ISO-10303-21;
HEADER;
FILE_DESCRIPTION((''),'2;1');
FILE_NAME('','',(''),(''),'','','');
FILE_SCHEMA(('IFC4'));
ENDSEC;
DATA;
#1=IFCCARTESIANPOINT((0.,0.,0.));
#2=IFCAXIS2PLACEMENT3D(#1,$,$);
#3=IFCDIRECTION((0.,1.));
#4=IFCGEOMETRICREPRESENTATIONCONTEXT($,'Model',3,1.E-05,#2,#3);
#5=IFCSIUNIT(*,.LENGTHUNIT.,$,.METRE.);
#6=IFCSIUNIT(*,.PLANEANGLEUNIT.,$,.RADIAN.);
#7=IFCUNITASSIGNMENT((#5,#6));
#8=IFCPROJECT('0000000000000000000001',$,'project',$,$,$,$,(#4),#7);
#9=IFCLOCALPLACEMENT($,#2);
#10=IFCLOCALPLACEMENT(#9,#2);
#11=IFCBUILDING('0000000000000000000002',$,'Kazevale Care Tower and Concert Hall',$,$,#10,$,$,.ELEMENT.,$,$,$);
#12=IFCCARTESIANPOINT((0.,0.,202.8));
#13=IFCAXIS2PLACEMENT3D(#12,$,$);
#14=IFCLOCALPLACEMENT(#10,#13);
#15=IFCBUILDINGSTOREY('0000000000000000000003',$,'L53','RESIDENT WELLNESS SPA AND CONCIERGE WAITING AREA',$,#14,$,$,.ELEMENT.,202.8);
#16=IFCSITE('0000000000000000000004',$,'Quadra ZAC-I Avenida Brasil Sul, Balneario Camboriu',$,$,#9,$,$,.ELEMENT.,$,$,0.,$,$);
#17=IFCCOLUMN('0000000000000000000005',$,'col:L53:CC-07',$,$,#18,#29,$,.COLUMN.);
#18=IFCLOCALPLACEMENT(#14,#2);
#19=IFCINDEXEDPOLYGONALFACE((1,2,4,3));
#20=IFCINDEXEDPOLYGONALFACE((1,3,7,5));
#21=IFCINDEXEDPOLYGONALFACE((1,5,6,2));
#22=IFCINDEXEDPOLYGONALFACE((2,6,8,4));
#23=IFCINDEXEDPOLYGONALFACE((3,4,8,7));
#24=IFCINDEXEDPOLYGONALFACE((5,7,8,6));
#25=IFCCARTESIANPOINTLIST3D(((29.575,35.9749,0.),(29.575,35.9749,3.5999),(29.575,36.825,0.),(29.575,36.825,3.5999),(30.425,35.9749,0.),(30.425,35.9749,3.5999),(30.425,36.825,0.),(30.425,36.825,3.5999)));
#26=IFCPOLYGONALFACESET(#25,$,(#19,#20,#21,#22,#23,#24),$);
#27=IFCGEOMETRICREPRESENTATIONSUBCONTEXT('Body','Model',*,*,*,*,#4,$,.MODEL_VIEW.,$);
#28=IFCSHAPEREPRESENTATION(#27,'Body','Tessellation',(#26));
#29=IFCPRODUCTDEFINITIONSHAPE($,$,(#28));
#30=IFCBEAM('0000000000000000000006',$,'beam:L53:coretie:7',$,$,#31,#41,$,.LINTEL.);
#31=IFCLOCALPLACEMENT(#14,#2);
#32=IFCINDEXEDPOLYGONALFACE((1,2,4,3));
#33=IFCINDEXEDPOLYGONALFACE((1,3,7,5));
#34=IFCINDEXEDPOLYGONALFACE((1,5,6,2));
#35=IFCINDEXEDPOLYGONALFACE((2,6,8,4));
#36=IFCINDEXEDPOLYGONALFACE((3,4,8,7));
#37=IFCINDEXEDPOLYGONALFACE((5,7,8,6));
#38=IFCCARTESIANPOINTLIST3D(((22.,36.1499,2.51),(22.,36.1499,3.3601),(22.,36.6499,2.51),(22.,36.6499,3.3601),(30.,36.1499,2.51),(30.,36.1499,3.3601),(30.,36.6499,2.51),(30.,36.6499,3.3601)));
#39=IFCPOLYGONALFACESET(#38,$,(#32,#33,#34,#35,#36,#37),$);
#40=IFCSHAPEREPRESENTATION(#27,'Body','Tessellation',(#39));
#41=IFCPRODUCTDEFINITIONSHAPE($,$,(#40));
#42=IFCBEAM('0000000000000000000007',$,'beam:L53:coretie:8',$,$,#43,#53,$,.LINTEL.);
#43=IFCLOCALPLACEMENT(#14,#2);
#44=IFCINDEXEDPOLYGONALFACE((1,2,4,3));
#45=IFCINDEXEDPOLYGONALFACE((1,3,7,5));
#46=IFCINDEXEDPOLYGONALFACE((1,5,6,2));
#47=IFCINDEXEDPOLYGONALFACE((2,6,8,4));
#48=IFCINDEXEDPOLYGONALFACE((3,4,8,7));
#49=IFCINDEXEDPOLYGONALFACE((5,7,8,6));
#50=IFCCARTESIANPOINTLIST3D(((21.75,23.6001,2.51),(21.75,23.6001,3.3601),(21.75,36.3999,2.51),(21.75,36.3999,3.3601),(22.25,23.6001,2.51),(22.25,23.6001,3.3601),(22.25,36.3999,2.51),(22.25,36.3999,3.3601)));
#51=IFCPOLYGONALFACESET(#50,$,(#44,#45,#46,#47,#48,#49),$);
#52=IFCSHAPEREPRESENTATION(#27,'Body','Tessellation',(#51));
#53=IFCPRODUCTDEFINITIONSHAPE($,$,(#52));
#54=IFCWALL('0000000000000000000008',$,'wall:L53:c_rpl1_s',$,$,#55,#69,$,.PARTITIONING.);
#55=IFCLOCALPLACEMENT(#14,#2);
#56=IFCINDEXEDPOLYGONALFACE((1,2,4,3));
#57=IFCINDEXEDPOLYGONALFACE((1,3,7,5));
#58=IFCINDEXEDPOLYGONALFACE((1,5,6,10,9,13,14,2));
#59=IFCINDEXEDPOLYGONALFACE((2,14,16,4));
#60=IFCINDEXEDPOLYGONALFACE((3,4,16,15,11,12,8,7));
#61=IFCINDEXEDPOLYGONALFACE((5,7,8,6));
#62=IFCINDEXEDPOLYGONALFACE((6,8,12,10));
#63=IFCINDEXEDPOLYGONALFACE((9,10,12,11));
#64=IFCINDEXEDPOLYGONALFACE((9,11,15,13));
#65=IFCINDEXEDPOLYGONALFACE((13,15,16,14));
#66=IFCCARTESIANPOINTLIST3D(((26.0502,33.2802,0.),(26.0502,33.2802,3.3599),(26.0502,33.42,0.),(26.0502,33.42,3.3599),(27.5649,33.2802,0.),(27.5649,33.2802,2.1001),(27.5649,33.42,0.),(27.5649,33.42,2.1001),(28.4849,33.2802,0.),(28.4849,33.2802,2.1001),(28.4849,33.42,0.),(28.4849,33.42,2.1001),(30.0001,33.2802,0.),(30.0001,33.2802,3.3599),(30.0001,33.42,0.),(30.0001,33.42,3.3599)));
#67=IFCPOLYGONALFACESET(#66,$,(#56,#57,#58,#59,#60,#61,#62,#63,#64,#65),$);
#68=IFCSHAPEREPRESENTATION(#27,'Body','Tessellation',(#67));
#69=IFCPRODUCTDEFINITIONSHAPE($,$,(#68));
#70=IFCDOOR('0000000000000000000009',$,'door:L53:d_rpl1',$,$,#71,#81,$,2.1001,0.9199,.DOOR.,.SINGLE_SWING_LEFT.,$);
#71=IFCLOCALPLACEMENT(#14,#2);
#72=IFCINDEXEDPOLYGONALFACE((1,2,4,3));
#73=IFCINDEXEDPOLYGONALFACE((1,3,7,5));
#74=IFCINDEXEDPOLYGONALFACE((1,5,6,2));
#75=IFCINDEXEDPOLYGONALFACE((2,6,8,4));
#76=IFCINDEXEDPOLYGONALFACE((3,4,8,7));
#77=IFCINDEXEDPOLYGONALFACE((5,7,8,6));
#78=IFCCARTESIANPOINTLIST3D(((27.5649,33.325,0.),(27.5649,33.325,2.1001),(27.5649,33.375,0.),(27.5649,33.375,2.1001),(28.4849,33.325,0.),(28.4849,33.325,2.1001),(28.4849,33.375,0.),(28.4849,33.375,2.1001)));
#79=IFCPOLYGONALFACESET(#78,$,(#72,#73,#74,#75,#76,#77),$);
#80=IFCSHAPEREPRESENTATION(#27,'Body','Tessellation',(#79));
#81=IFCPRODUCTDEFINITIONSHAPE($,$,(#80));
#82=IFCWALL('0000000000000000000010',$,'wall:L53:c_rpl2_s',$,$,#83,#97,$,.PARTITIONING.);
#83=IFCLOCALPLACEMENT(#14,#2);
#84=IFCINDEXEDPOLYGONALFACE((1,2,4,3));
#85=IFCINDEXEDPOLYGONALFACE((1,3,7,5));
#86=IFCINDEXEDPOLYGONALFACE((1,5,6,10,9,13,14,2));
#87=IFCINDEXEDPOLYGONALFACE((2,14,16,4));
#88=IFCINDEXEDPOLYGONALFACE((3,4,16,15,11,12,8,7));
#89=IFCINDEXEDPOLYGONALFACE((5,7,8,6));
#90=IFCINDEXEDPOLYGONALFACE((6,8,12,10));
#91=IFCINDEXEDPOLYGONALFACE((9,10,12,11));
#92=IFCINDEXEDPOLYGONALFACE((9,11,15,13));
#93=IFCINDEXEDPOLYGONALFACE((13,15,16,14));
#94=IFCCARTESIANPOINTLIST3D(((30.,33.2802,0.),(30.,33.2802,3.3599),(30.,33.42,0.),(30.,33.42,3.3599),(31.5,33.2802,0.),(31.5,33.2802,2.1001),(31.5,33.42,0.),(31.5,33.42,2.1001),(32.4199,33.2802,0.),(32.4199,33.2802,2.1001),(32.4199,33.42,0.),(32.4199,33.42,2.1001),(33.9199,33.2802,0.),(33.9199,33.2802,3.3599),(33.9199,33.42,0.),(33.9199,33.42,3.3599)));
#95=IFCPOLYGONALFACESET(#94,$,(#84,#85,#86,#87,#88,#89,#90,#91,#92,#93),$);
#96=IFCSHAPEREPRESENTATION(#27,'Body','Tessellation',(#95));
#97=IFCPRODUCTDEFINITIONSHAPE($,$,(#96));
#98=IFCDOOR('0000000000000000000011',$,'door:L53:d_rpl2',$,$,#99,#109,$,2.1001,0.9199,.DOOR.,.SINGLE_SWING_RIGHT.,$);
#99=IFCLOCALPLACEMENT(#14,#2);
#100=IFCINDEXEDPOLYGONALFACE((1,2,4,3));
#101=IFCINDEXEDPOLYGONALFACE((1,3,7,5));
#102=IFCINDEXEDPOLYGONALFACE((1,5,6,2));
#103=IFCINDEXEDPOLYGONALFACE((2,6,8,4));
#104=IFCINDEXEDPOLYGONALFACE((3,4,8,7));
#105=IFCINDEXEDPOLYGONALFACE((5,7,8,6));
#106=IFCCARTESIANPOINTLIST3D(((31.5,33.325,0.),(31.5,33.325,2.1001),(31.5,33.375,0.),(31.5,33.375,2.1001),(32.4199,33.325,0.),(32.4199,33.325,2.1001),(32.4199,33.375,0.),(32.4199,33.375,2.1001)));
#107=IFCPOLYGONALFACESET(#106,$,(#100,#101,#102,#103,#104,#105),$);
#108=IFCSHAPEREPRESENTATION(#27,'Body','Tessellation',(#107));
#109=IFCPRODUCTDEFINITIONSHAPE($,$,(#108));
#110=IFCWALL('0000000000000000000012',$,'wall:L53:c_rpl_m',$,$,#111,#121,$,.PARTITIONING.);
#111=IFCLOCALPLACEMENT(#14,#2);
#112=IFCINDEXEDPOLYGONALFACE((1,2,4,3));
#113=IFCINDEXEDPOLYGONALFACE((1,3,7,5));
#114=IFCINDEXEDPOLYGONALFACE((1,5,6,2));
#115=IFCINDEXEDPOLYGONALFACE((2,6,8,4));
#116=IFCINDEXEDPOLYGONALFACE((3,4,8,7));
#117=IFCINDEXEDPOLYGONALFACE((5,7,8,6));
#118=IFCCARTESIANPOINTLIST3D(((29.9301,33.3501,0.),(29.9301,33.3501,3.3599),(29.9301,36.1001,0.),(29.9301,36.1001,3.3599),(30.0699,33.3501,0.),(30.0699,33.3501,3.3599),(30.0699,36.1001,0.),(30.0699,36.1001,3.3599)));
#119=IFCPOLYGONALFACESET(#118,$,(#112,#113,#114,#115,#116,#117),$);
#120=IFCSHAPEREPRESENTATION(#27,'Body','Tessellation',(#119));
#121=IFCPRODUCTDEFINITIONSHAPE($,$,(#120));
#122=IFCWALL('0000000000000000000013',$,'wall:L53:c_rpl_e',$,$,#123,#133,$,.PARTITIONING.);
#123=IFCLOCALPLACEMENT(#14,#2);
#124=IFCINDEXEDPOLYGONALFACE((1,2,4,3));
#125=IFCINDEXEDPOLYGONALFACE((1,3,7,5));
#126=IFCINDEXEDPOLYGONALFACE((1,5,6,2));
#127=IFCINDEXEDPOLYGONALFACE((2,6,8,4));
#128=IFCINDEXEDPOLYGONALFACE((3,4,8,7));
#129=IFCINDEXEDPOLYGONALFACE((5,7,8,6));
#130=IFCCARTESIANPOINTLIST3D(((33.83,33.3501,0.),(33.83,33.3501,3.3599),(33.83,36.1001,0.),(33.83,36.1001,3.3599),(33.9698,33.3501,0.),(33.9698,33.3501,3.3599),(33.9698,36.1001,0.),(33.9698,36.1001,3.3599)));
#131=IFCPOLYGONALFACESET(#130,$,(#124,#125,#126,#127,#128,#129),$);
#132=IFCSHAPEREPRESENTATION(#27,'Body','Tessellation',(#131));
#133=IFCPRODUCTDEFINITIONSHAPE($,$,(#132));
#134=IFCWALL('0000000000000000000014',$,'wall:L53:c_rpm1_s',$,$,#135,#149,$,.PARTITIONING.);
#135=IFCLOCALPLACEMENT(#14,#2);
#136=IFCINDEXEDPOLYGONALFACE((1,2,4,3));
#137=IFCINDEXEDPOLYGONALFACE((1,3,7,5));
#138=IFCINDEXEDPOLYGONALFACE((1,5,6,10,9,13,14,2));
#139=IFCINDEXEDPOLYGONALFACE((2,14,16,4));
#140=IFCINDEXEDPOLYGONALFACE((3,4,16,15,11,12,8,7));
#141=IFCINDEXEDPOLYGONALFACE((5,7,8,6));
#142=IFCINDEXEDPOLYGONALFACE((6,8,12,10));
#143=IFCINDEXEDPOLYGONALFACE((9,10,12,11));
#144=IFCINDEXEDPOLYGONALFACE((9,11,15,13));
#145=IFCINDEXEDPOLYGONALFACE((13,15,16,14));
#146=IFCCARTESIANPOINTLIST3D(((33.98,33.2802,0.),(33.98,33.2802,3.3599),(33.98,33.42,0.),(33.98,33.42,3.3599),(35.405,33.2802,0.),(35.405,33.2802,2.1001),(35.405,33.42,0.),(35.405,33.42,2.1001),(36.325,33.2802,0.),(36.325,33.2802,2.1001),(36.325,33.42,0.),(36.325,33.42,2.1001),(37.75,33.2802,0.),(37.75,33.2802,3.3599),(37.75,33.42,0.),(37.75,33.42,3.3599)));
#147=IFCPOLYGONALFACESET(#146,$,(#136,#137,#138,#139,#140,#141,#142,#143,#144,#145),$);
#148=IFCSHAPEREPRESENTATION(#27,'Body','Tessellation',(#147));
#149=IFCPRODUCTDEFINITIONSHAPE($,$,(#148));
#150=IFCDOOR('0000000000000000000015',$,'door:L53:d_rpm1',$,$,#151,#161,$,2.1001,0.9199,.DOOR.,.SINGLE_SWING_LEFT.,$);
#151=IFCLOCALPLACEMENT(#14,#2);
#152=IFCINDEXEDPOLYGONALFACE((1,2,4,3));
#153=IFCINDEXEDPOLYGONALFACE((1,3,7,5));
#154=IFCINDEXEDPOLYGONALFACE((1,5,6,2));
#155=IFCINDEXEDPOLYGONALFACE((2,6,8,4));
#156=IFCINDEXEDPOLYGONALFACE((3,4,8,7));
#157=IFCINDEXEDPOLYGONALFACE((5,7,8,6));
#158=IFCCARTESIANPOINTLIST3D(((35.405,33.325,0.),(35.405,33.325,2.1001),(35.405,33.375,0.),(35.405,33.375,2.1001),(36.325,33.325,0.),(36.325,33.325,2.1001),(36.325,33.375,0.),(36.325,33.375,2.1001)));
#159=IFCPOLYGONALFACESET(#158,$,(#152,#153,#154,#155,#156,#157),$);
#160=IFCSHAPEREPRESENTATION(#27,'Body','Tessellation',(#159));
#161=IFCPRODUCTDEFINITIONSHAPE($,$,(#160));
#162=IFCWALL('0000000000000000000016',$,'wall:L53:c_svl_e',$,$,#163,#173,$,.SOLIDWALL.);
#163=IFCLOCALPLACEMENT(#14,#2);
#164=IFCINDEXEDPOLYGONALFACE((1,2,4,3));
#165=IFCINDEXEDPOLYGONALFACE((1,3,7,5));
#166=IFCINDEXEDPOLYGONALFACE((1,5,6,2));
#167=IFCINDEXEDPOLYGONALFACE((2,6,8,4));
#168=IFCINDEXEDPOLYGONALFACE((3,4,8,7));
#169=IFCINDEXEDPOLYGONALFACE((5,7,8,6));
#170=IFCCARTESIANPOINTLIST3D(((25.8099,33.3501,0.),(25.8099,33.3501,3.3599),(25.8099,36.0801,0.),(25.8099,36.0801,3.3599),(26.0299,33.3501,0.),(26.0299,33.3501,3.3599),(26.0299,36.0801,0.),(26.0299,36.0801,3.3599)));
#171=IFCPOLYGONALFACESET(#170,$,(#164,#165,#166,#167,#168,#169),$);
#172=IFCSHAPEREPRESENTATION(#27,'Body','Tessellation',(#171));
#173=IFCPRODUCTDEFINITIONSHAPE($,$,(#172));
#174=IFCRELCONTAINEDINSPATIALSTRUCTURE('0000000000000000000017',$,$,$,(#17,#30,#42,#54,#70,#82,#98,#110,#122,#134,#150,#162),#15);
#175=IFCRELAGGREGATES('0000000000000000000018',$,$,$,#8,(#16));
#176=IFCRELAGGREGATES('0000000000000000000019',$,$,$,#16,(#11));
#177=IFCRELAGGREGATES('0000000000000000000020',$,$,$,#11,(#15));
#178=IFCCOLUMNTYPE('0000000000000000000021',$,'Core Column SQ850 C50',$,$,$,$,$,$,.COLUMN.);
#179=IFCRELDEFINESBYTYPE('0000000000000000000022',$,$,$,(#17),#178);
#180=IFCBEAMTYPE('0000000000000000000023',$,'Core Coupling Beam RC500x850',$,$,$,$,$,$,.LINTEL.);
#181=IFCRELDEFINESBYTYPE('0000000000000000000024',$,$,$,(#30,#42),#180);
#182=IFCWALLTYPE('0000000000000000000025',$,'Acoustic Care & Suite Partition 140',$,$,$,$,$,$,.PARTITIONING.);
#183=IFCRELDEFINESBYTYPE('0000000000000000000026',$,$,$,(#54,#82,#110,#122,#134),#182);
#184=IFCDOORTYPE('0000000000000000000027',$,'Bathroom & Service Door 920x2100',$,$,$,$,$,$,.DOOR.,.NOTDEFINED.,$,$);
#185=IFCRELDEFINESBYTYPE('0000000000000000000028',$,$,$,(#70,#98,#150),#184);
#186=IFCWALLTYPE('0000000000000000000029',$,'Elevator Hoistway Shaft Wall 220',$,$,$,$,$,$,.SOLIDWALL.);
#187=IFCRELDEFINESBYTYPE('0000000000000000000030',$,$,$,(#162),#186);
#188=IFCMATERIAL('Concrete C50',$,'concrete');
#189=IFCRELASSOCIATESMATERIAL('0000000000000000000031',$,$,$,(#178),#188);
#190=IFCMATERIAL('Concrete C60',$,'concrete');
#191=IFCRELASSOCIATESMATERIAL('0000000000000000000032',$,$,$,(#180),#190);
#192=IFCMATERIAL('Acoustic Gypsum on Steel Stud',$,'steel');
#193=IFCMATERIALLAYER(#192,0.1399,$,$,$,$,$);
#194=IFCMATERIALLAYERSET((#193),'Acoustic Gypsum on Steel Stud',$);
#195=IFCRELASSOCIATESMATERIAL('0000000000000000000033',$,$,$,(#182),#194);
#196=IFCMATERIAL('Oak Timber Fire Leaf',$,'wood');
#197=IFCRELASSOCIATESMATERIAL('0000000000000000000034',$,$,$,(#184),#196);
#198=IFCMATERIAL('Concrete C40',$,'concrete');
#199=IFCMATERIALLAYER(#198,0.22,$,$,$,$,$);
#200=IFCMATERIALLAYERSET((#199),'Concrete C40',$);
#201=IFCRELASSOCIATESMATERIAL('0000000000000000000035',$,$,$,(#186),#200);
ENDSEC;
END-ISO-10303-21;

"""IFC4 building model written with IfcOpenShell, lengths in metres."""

from ifc_helpers import new_model, si_unit, direction, frame, frame_2d, origin, origin_2d, place, context, subcontext, project, spatial, rectangle, extrude, material, layer, layer_set, material_profile, profile_set, type_object, element, fill, save


model = new_model("IFC4")

# Units and contexts
model_context = context("Model", 3, precision=1e-05, world=origin(), true_north=direction((0.0, 1.0)))
body_context = subcontext(model_context, "Body", "Model", "MODEL_VIEW")
ifc_project = project(units=[si_unit("LENGTHUNIT", "METRE"), si_unit("PLANEANGLEUNIT", "RADIAN")], contexts=[model_context])

# Site, building, storey
site_placement = place(None, origin())
site = spatial("IfcSite", under=ifc_project, at=site_placement, Name="Quadra ZAC-I Avenida Brasil Sul, Balneario Camboriu", CompositionType="ELEMENT", RefElevation=0.0)
building_placement = place(site_placement, origin())
building = spatial("IfcBuilding", under=site, at=building_placement, Name="Kazevale Care Tower and Concert Hall", CompositionType="ELEMENT")
storey_placement = place(building_placement, frame((0.0, 0.0, 202.8)))
storey = spatial("IfcBuildingStorey", under=building, at=storey_placement, Name="L53", Description="RESIDENT WELLNESS SPA AND CONCIERGE WAITING AREA", CompositionType="ELEMENT", Elevation=202.8)

# Column
ifc_material_1 = material(Name="Concrete C50", Category="concrete")
ifc_material_profile_1 = material_profile(ifc_material_1, rectangle(XDim=0.8501, YDim=0.8501, at=origin_2d()), Name="RC-SQ850")
ifc_profile_set_1 = profile_set([ifc_material_profile_1], Name="Concrete C50")
column_type = type_object("IfcColumnType", Name="Core Column SQ850 C50", PredefinedType="COLUMN", material=ifc_profile_set_1)
column_placement = place(storey_placement, frame((30.0, 36.3999, 0.0), z_axis=(0.0, 0.0, 1.0), x_axis=(1.0, 0.0, 0.0)))
element("IfcColumn", 1, at=column_placement, inside=storey, type_object=column_type, Name="col:L53:CC-07", PredefinedType="COLUMN", context=body_context, shape_type="SweptSolid", body=[
    extrude(rectangle(XDim=0.8501, YDim=0.8501, at=origin_2d()), origin(), (0.0, 0.0, 1.0), 3.5999),
])

# Beams
ifc_material_2 = material(Name="Concrete C60", Category="concrete")
ifc_material_profile_2 = material_profile(ifc_material_2, rectangle(XDim=0.5, YDim=0.8501, at=origin_2d()), Name="RC-B500x850")
ifc_profile_set_2 = profile_set([ifc_material_profile_2], Name="Concrete C60")
beam_type = type_object("IfcBeamType", Name="Core Coupling Beam RC500x850", PredefinedType="LINTEL", material=ifc_profile_set_2)
beam_1_placement = place(storey_placement, frame((30.0, 36.3999, 2.9351), z_axis=(-1.0, 0.0, 0.0), x_axis=(0.0, -1.0, 0.0)))
element("IfcBeam", 2, at=beam_1_placement, inside=storey, type_object=beam_type, Name="beam:L53:coretie:7", PredefinedType="LINTEL", context=body_context, shape_type="SweptSolid", body=[
    extrude(rectangle(XDim=0.5, YDim=0.8501, at=origin_2d()), origin(), (0.0, 0.0, 1.0), 8.0),
])
beam_2_placement = place(storey_placement, frame((22.0, 36.3999, 2.9351), z_axis=(0.0, -1.0, 0.0), x_axis=(1.0, 0.0, 0.0)))
element("IfcBeam", 3, at=beam_2_placement, inside=storey, type_object=beam_type, Name="beam:L53:coretie:8", PredefinedType="LINTEL", context=body_context, shape_type="SweptSolid", body=[
    extrude(rectangle(XDim=0.5, YDim=0.8501, at=origin_2d()), origin(), (0.0, 0.0, 1.0), 12.7998),
])

# Walls, openings, doors
ifc_material_3 = material(Name="Acoustic Gypsum on Steel Stud", Category="steel")
ifc_layer_1 = layer(ifc_material_3, 0.1399)
ifc_layer_set_1 = layer_set([ifc_layer_1], Name="Acoustic Gypsum on Steel Stud")
wall_type_1 = type_object("IfcWallType", Name="Acoustic Care & Suite Partition 140", PredefinedType="PARTITIONING", material=ifc_layer_set_1)
wall_1_placement = place(storey_placement, frame((26.05, 33.3501, 0.0), z_axis=(0.0, 0.0, 1.0), x_axis=(1.0, 0.0, 0.0)))
wall_1 = element("IfcWall", 4, at=wall_1_placement, inside=storey, type_object=wall_type_1, Name="wall:L53:c_rpl1_s", PredefinedType="PARTITIONING", context=body_context, shape_type="SweptSolid", body=[
    extrude(rectangle(XDim=3.95, YDim=0.1399, at=frame_2d((1.9751, 0.0))), origin(), (0.0, 0.0, 1.0), 3.3599),
])
opening_1_placement = place(wall_1_placement, frame((1.5149, 0.0, 0.0)))
opening_1 = element("IfcOpeningElement", 5, at=opening_1_placement, cuts=wall_1, PredefinedType="OPENING", context=body_context, shape_type="SweptSolid", body=[
    extrude(rectangle(XDim=0.9199, YDim=2.1001, at=frame_2d((0.46, 1.05))), frame((0.0, 0.0798, 0.0), z_axis=(0.0, -1.0, 0.0), x_axis=(1.0, 0.0, 0.0)), (0.0, 0.0, 1.0), 0.1599),
])
ifc_material_4 = material(Name="Oak Timber Fire Leaf", Category="wood")
door_type_1 = type_object("IfcDoorType", Name="Bathroom & Service Door 920x2100", OperationType="NOTDEFINED", PredefinedType="DOOR", material=ifc_material_4)
door_1_placement = place(opening_1_placement, origin())
door_1 = element("IfcDoor", 6, at=door_1_placement, inside=storey, type_object=door_type_1, Name="door:L53:d_rpl1", OperationType="SINGLE_SWING_LEFT", OverallHeight=2.1001, OverallWidth=0.9199, PredefinedType="DOOR", context=body_context, shape_type="SweptSolid", body=[
    extrude(rectangle(XDim=0.9199, YDim=2.1001, at=frame_2d((0.46, 1.05))), frame((0.0, 0.0249, 0.0), z_axis=(0.0, -1.0, 0.0), x_axis=(1.0, 0.0, 0.0)), (0.0, 0.0, 1.0), 0.05),
])
fill(opening_1, door_1)
wall_2_placement = place(storey_placement, frame((30.0, 33.3501, 0.0), z_axis=(0.0, 0.0, 1.0), x_axis=(1.0, 0.0, 0.0)))
wall_2 = element("IfcWall", 7, at=wall_2_placement, inside=storey, type_object=wall_type_1, Name="wall:L53:c_rpl2_s", PredefinedType="PARTITIONING", context=body_context, shape_type="SweptSolid", body=[
    extrude(rectangle(XDim=3.9199, YDim=0.1399, at=frame_2d((1.96, 0.0))), origin(), (0.0, 0.0, 1.0), 3.3599),
])
opening_2_placement = place(wall_2_placement, frame((1.5, 0.0, 0.0)))
opening_2 = element("IfcOpeningElement", 8, at=opening_2_placement, cuts=wall_2, PredefinedType="OPENING", context=body_context, shape_type="SweptSolid", body=[
    extrude(rectangle(XDim=0.9199, YDim=2.1001, at=frame_2d((0.46, 1.05))), frame((0.0, 0.0798, 0.0), z_axis=(0.0, -1.0, 0.0), x_axis=(1.0, 0.0, 0.0)), (0.0, 0.0, 1.0), 0.1599),
])
door_2_placement = place(opening_2_placement, origin())
door_2 = element("IfcDoor", 9, at=door_2_placement, inside=storey, type_object=door_type_1, Name="door:L53:d_rpl2", OperationType="SINGLE_SWING_RIGHT", OverallHeight=2.1001, OverallWidth=0.9199, PredefinedType="DOOR", context=body_context, shape_type="SweptSolid", body=[
    extrude(rectangle(XDim=0.9199, YDim=2.1001, at=frame_2d((0.46, 1.05))), frame((0.0, 0.0249, 0.0), z_axis=(0.0, -1.0, 0.0), x_axis=(1.0, 0.0, 0.0)), (0.0, 0.0, 1.0), 0.05),
])
fill(opening_2, door_2)

# Walls
for number, where, z_axis, x_axis, name in (
    (10, (30.0, 33.3501, 0.0), (0.0, 0.0, 1.0), (0.0, 1.0, 0.0), "wall:L53:c_rpl_m"),
    (11, (33.8999, 33.3501, 0.0), (0.0, 0.0, 1.0), (0.0, 1.0, 0.0), "wall:L53:c_rpl_e"),
):
    element("IfcWall", number, at=place(storey_placement, frame(where, z_axis=z_axis, x_axis=x_axis)), inside=storey, type_object=wall_type_1, Name=name, PredefinedType="PARTITIONING", context=body_context, shape_type="SweptSolid", body=[
        extrude(rectangle(XDim=2.75, YDim=0.1399, at=frame_2d((1.375, 0.0))), origin(), (0.0, 0.0, 1.0), 3.3599),
    ])

# Wall, opening, door
wall_3_placement = place(storey_placement, frame((33.98, 33.3501, 0.0), z_axis=(0.0, 0.0, 1.0), x_axis=(1.0, 0.0, 0.0)))
wall_3 = element("IfcWall", 12, at=wall_3_placement, inside=storey, type_object=wall_type_1, Name="wall:L53:c_rpm1_s", PredefinedType="PARTITIONING", context=body_context, shape_type="SweptSolid", body=[
    extrude(rectangle(XDim=3.77, YDim=0.1399, at=frame_2d((1.885, 0.0))), origin(), (0.0, 0.0, 1.0), 3.3599),
])
opening_3_placement = place(wall_3_placement, frame((1.425, 0.0, 0.0)))
opening_3 = element("IfcOpeningElement", 13, at=opening_3_placement, cuts=wall_3, PredefinedType="OPENING", context=body_context, shape_type="SweptSolid", body=[
    extrude(rectangle(XDim=0.9199, YDim=2.1001, at=frame_2d((0.46, 1.05))), frame((0.0, 0.0798, 0.0), z_axis=(0.0, -1.0, 0.0), x_axis=(1.0, 0.0, 0.0)), (0.0, 0.0, 1.0), 0.1599),
])
door_3_placement = place(opening_3_placement, origin())
door_3 = element("IfcDoor", 14, at=door_3_placement, inside=storey, type_object=door_type_1, Name="door:L53:d_rpm1", OperationType="SINGLE_SWING_LEFT", OverallHeight=2.1001, OverallWidth=0.9199, PredefinedType="DOOR", context=body_context, shape_type="SweptSolid", body=[
    extrude(rectangle(XDim=0.9199, YDim=2.1001, at=frame_2d((0.46, 1.05))), frame((0.0, 0.0249, 0.0), z_axis=(0.0, -1.0, 0.0), x_axis=(1.0, 0.0, 0.0)), (0.0, 0.0, 1.0), 0.05),
])
fill(opening_3, door_3)

# Wall
ifc_material_5 = material(Name="Concrete C40", Category="concrete")
ifc_layer_2 = layer(ifc_material_5, 0.22)
ifc_layer_set_2 = layer_set([ifc_layer_2], Name="Concrete C40")
wall_type_2 = type_object("IfcWallType", Name="Elevator Hoistway Shaft Wall 220", PredefinedType="SOLIDWALL", material=ifc_layer_set_2)
wall_4_placement = place(storey_placement, frame((25.9199, 33.3501, 0.0), z_axis=(0.0, 0.0, 1.0), x_axis=(0.0, 1.0, 0.0)))
element("IfcWall", 15, at=wall_4_placement, inside=storey, type_object=wall_type_2, Name="wall:L53:c_svl_e", PredefinedType="SOLIDWALL", context=body_context, shape_type="SweptSolid", body=[
    extrude(rectangle(XDim=2.73, YDim=0.22, at=frame_2d((1.365, 0.0))), origin(), (0.0, 0.0, 1.0), 3.3599),
])

save(model, "model.ifc")
